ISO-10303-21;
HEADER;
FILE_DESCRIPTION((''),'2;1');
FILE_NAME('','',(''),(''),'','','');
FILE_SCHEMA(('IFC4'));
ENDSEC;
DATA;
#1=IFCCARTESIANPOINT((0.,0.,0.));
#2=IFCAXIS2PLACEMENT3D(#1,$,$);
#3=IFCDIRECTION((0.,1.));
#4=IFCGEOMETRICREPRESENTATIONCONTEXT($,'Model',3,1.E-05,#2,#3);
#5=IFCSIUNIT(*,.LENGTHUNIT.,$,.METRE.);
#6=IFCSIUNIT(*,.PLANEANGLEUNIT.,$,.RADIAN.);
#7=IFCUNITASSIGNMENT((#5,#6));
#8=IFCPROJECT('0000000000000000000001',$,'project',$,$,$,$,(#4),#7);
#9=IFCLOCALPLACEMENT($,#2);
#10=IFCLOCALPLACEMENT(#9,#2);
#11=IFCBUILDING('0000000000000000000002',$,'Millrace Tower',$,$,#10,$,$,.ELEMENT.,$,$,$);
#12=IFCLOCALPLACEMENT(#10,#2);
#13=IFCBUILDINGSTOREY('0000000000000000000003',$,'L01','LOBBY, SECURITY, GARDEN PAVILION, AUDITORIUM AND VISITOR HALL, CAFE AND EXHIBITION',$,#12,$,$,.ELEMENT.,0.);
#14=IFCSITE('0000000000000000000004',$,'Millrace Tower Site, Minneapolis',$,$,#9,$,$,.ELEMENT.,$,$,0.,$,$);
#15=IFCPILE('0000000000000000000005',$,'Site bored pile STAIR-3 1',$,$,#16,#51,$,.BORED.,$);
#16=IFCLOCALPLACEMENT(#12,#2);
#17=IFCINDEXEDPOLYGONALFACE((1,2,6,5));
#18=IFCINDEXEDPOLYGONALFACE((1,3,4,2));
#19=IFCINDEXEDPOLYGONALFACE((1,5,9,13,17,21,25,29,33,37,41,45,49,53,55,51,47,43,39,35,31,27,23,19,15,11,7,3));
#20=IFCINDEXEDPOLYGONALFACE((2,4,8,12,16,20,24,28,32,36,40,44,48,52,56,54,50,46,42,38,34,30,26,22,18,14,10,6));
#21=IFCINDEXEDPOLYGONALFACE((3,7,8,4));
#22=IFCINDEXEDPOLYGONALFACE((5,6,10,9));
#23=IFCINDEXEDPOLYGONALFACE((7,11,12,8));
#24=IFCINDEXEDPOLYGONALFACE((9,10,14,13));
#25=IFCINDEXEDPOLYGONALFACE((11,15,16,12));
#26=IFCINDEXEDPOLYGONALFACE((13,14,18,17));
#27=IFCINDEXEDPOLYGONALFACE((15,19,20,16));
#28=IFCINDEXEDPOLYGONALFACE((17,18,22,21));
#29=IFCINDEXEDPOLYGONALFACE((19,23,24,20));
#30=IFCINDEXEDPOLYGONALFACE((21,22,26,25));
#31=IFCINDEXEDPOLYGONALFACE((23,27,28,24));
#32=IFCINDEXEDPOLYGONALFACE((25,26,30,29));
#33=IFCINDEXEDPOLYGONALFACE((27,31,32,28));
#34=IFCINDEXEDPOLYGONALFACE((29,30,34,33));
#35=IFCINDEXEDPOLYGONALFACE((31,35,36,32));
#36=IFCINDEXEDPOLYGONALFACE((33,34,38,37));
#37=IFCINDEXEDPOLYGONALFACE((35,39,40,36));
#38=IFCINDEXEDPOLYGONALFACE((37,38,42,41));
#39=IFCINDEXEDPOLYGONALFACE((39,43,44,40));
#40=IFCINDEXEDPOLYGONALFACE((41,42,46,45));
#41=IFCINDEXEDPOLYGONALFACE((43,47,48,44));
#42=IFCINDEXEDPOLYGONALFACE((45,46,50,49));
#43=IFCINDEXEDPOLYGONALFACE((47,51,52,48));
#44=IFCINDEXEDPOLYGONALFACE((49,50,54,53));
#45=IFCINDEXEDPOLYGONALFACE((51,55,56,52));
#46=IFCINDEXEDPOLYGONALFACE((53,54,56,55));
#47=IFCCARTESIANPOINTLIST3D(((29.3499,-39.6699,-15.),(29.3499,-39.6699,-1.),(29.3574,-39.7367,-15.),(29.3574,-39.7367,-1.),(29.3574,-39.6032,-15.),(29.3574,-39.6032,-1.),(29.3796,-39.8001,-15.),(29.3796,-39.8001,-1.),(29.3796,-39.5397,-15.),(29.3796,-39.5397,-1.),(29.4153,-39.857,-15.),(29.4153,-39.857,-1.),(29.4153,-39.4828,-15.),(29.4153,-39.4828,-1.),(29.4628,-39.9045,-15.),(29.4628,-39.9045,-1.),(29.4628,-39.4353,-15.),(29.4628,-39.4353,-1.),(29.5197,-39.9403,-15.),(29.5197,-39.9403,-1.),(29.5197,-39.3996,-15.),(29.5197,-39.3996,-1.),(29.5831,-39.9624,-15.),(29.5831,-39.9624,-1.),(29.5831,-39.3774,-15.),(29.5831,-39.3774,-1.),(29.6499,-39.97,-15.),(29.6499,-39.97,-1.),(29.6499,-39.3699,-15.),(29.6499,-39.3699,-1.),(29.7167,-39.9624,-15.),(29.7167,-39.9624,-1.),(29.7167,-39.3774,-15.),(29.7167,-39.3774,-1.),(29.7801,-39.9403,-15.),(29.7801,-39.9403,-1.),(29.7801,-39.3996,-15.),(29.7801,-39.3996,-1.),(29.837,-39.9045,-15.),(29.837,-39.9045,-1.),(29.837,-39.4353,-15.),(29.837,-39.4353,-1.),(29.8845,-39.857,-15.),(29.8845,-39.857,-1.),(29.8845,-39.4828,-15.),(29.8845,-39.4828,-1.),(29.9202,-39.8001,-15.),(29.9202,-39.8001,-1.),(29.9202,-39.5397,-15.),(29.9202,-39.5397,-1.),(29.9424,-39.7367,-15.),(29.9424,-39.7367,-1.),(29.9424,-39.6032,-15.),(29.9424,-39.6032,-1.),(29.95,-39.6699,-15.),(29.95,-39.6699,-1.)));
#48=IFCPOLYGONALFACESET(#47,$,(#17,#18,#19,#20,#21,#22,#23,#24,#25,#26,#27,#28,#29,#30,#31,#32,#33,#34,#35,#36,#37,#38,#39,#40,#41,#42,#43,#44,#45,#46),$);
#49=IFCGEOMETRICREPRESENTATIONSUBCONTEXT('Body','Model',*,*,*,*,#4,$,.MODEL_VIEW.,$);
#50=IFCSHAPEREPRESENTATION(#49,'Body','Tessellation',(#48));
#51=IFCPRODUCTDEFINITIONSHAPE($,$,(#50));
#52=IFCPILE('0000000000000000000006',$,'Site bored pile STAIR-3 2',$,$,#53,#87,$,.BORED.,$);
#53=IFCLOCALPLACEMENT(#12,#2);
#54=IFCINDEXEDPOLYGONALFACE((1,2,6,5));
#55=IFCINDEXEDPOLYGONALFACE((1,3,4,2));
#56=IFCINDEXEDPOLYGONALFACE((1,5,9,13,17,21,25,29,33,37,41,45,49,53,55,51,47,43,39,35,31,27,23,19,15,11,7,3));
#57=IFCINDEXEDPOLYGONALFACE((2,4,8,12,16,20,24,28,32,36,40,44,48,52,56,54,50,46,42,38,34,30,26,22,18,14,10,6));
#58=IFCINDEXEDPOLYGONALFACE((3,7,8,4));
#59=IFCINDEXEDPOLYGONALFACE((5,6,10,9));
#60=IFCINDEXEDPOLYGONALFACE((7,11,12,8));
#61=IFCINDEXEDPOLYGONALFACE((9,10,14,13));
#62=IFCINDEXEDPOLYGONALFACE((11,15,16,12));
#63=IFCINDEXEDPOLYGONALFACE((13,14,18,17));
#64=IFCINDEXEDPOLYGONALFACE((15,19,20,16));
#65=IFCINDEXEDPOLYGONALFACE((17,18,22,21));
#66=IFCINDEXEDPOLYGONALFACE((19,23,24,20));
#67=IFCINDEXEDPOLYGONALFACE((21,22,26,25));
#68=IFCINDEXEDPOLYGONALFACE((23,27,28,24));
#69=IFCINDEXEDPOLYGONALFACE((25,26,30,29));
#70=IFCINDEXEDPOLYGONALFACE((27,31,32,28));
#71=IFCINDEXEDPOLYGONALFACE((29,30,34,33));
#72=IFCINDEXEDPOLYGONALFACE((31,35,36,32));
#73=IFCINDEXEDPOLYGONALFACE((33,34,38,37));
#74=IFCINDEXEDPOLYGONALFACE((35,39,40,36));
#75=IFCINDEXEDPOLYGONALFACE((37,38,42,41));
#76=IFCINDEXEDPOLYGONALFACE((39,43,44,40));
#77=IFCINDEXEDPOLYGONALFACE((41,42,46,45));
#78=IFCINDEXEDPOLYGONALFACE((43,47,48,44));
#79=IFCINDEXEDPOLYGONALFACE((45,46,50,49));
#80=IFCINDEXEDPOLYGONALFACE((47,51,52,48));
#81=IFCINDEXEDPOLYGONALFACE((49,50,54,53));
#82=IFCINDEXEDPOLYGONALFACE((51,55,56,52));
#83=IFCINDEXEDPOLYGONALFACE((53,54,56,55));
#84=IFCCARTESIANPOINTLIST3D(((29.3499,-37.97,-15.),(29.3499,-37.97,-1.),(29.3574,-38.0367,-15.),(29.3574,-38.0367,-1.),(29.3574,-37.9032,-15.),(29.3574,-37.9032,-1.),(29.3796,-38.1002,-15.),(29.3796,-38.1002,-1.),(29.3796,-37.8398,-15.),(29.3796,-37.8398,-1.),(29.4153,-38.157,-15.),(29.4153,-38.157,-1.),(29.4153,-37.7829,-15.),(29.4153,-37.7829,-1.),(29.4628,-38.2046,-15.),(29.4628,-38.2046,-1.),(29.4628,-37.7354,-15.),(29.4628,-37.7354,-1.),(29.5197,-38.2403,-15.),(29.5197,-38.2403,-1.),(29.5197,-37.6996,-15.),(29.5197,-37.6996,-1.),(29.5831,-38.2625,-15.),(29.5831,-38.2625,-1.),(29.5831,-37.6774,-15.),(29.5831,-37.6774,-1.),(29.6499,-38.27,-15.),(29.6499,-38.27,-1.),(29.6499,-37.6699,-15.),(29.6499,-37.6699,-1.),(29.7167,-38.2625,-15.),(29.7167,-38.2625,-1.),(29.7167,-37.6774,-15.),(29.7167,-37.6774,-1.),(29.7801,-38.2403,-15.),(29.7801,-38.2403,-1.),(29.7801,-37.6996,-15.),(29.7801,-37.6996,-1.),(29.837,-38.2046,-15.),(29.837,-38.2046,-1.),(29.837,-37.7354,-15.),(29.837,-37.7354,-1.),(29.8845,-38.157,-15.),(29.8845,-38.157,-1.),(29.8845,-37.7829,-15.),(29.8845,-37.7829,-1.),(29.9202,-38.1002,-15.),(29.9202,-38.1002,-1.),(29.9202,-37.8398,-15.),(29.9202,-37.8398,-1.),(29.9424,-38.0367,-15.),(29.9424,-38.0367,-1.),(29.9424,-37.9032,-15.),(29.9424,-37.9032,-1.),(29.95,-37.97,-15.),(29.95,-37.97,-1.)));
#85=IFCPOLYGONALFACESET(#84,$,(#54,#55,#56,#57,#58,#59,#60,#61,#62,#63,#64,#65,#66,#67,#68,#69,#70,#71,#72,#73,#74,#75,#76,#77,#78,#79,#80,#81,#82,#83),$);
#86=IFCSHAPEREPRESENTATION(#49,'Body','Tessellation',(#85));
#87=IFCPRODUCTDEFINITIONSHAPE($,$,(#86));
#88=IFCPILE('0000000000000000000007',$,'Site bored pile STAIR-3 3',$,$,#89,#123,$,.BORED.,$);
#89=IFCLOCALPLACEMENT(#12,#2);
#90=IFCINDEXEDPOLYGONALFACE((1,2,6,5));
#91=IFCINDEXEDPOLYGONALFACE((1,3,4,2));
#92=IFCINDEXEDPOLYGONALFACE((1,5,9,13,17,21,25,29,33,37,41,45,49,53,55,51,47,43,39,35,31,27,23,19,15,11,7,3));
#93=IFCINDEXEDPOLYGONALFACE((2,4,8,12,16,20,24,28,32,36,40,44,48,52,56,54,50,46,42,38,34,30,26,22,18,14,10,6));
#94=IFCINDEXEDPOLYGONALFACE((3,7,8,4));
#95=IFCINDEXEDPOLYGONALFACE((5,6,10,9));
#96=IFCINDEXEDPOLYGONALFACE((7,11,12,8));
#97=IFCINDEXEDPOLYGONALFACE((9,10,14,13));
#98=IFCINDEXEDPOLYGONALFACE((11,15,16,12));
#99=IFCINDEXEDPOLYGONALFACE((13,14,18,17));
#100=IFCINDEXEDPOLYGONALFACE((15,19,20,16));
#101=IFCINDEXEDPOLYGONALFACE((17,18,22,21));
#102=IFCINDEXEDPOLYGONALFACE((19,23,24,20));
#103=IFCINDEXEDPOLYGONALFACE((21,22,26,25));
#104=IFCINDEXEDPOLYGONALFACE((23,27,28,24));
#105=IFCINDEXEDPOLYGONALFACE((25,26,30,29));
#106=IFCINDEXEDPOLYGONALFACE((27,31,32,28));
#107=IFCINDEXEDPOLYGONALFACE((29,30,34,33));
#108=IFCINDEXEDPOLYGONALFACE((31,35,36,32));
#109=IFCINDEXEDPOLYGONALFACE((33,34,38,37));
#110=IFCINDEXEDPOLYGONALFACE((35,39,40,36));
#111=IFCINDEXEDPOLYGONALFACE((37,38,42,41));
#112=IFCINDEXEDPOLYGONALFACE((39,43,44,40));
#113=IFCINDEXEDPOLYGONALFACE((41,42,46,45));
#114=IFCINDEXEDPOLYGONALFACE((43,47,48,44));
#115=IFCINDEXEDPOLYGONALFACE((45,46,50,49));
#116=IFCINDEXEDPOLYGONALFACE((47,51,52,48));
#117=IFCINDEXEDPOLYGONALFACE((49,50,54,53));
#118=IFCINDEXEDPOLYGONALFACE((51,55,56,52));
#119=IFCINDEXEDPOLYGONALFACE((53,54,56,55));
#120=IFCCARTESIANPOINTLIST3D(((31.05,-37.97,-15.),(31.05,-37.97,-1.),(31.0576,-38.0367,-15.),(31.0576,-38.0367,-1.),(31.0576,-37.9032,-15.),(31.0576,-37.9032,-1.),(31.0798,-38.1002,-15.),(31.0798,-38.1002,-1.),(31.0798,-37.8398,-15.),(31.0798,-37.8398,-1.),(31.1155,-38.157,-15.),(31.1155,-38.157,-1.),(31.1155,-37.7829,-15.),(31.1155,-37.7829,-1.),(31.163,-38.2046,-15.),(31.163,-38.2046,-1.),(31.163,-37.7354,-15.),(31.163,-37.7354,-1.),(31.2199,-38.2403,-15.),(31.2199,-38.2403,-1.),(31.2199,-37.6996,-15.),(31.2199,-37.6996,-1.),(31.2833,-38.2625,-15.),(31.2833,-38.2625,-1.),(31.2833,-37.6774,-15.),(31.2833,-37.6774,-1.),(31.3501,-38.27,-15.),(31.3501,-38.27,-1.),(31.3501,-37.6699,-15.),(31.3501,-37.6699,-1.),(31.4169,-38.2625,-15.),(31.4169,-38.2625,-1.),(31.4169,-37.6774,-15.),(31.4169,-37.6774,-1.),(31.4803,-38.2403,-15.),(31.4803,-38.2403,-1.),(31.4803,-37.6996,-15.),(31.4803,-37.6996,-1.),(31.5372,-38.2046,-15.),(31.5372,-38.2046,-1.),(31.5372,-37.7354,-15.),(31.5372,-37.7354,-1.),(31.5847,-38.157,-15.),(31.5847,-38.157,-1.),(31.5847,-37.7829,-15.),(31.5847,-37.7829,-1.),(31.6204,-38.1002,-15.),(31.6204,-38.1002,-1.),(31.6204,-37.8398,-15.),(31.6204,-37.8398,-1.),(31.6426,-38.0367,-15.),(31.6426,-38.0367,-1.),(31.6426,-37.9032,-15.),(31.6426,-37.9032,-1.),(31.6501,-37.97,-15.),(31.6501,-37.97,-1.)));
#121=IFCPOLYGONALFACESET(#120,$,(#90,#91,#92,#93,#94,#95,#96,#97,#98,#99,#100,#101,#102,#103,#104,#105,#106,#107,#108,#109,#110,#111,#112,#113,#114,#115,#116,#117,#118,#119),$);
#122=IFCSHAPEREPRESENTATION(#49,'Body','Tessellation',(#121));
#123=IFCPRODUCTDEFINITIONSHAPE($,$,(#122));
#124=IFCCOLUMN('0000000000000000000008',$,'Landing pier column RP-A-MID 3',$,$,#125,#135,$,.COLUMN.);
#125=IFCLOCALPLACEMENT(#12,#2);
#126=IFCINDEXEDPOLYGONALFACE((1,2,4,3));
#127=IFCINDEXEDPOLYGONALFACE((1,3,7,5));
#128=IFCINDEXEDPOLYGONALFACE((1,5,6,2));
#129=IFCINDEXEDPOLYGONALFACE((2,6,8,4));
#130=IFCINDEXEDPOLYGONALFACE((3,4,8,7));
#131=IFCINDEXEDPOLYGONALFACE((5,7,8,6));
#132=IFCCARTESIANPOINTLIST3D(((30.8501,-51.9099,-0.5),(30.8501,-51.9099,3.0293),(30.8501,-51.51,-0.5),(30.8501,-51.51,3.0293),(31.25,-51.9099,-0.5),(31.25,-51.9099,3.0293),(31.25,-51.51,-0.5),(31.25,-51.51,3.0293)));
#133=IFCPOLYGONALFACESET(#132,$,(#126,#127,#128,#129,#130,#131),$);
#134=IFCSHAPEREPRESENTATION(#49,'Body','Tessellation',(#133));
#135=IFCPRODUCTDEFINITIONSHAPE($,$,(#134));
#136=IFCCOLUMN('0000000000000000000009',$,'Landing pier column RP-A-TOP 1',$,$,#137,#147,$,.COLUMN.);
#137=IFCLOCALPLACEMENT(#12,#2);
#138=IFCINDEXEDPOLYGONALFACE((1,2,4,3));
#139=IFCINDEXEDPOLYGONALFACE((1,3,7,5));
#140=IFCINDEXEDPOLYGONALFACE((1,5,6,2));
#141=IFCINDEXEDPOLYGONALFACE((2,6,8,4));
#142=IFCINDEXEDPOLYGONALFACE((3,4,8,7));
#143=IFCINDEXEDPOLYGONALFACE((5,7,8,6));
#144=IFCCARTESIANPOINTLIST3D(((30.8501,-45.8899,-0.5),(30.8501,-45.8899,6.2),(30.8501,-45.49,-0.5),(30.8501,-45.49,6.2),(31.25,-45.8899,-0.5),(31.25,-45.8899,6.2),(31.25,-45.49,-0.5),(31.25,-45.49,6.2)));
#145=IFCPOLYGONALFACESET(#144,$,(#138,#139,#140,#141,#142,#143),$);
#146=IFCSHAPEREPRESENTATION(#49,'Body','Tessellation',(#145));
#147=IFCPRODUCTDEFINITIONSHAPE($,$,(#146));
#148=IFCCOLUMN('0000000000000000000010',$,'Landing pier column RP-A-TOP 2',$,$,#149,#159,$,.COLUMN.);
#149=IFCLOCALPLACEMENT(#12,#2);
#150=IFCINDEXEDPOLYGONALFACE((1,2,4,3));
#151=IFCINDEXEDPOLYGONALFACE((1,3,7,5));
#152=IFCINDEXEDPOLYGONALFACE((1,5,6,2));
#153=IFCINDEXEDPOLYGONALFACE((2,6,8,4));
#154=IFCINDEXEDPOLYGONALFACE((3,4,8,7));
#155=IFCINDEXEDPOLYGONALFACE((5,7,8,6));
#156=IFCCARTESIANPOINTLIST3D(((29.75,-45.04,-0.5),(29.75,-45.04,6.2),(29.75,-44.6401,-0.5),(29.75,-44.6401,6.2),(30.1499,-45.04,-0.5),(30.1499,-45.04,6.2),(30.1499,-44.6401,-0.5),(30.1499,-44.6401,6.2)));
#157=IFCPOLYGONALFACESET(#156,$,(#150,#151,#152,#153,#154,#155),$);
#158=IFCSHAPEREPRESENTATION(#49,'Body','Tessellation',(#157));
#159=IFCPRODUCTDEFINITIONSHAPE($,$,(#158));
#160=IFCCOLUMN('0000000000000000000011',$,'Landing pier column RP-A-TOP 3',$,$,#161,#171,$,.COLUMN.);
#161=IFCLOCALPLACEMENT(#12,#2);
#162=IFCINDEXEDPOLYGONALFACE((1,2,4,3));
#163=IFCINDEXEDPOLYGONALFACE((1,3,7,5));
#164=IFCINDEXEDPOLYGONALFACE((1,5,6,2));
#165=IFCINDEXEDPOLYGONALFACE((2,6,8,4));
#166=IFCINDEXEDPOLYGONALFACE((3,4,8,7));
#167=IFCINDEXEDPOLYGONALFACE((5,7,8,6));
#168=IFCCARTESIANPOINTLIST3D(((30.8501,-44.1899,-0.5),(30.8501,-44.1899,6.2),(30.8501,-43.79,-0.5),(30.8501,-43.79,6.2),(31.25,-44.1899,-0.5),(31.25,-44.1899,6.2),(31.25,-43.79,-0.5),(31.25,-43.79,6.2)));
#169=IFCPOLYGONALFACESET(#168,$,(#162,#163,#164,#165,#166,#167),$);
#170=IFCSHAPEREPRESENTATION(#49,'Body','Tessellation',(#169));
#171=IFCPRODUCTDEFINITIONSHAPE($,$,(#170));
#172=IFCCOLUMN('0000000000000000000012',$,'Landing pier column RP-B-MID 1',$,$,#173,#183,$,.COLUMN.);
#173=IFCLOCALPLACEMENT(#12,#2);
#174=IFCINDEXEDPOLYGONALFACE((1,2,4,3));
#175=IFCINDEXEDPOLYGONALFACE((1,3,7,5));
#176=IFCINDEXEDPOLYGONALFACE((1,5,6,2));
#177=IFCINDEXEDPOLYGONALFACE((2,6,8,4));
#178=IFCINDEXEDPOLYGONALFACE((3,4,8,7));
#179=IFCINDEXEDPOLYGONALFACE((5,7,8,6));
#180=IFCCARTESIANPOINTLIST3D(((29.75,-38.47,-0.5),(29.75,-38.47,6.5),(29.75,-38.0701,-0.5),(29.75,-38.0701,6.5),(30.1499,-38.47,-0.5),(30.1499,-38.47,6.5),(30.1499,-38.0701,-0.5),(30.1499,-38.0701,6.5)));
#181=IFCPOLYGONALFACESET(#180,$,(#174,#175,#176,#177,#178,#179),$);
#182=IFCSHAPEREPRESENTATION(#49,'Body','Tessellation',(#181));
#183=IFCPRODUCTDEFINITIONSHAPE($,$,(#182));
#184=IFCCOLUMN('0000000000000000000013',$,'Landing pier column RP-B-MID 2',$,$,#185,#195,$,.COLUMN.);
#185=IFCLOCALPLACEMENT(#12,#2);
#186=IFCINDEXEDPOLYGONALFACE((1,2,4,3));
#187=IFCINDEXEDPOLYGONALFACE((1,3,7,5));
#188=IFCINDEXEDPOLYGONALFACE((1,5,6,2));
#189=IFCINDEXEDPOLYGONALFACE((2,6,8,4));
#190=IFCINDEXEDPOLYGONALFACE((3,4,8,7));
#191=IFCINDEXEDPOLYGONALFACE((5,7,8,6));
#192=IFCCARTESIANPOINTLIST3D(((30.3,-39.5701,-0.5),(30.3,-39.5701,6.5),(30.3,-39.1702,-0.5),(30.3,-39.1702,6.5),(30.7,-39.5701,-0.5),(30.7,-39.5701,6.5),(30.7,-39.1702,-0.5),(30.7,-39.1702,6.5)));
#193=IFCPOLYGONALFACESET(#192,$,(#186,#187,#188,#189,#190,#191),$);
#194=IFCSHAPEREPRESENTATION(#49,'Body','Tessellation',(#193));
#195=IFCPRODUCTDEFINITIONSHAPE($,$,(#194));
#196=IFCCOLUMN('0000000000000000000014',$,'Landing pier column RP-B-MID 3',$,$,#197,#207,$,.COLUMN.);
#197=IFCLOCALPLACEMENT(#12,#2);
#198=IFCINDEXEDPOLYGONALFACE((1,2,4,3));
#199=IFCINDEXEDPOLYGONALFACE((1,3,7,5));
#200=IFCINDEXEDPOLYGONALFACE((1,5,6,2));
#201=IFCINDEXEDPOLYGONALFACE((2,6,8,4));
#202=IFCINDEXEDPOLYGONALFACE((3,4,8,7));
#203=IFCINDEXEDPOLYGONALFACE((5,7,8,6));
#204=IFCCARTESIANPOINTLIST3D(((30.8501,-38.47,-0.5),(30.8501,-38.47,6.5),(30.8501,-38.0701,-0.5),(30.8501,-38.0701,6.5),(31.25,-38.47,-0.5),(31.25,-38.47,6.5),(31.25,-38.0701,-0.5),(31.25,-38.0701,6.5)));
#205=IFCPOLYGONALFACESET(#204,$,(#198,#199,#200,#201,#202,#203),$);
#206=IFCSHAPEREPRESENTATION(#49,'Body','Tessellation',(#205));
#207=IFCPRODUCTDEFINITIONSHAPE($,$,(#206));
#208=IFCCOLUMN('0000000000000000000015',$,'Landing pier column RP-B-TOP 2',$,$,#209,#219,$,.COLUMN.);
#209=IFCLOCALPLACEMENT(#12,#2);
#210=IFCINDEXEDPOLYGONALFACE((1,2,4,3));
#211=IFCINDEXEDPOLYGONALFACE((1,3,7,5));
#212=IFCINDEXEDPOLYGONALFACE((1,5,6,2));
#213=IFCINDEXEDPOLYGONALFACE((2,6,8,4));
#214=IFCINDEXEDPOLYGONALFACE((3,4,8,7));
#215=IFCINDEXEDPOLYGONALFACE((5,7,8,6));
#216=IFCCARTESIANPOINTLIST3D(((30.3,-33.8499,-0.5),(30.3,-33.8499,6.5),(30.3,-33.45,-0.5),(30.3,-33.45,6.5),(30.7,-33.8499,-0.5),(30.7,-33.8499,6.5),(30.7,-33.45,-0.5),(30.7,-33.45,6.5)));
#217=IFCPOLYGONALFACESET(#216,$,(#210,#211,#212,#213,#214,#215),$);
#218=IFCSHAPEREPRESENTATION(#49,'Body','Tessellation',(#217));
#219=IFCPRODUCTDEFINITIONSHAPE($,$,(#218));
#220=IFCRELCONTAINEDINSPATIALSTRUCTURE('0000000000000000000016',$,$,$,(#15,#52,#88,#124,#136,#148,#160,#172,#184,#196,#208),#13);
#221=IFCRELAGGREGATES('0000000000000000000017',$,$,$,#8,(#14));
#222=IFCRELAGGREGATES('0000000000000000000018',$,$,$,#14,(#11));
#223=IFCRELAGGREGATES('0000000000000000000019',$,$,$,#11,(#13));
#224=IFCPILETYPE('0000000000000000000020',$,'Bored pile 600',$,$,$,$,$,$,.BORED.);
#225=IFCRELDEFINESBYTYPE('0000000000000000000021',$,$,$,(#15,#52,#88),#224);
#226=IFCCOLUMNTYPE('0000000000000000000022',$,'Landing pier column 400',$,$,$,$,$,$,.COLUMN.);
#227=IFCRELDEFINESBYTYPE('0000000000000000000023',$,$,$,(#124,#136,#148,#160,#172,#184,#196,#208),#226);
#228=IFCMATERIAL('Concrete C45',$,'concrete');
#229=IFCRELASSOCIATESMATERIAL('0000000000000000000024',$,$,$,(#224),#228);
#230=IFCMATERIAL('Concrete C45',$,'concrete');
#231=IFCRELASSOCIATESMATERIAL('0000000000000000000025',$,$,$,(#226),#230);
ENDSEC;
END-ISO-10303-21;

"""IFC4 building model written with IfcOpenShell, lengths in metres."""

from ifc_helpers import new_model, si_unit, direction, frame, origin, origin_2d, place, context, subcontext, project, spatial, rectangle, circle, extrude, material, material_profile, profile_set, type_object, element, save


model = new_model("IFC4")

# Units and contexts
model_context = context("Model", 3, precision=1e-05, world=origin(), true_north=direction((0.0, 1.0)))
body_context = subcontext(model_context, "Body", "Model", "MODEL_VIEW")
ifc_project = project(units=[si_unit("LENGTHUNIT", "METRE"), si_unit("PLANEANGLEUNIT", "RADIAN")], contexts=[model_context])

# Site, building, storey
site_placement = place(None, origin())
site = spatial("IfcSite", under=ifc_project, at=site_placement, Name="Millrace Tower Site, Minneapolis", CompositionType="ELEMENT", RefElevation=0.0)
building_placement = place(site_placement, origin())
building = spatial("IfcBuilding", under=site, at=building_placement, Name="Millrace Tower", CompositionType="ELEMENT")
storey_placement = place(building_placement, origin())
storey = spatial("IfcBuildingStorey", under=building, at=storey_placement, Name="L01", Description="LOBBY, SECURITY, GARDEN PAVILION, AUDITORIUM AND VISITOR HALL, CAFE AND EXHIBITION", CompositionType="ELEMENT", Elevation=0.0)

# Piles
ifc_material_1 = material(Name="Concrete C45", Category="concrete")
ifc_material_profile_1 = material_profile(ifc_material_1, circle(Radius=0.3, at=origin_2d()))
ifc_profile_set_1 = profile_set([ifc_material_profile_1], Name="Concrete C45")
pile_type = type_object("IfcPileType", Name="Bored pile 600", PredefinedType="BORED", material=ifc_profile_set_1)
for number, where, z_axis, x_axis, name in (
    (1, (29.6499, -39.6699, -1.0), (0.0, 0.0, -1.0), (1.0, 0.0, 0.0), "Site bored pile STAIR-3 1"),
    (2, (29.6499, -37.97, -1.0), (0.0, 0.0, -1.0), (1.0, 0.0, 0.0), "Site bored pile STAIR-3 2"),
    (3, (31.3501, -37.97, -1.0), (0.0, 0.0, -1.0), (1.0, 0.0, 0.0), "Site bored pile STAIR-3 3"),
):
    element("IfcPile", number, at=place(storey_placement, frame(where, z_axis=z_axis, x_axis=x_axis)), inside=storey, type_object=pile_type, Name=name, PredefinedType="BORED", context=body_context, shape_type="SweptSolid", body=[
        extrude(circle(Radius=0.3, at=origin_2d()), origin(), (0.0, 0.0, 1.0), 14.0),
    ])

# Columns
ifc_material_2 = material(Name="Concrete C45", Category="concrete")
ifc_material_profile_2 = material_profile(ifc_material_2, rectangle(XDim=0.3999, YDim=0.3999, at=origin_2d()))
ifc_profile_set_2 = profile_set([ifc_material_profile_2], Name="Concrete C45")
column_type_1 = type_object("IfcColumnType", Name="Landing pier column 400", PredefinedType="COLUMN", material=ifc_profile_set_2)
column_placement = place(storey_placement, frame((31.05, -51.71, -0.5), z_axis=(0.0, 0.0, 1.0), x_axis=(1.0, 0.0, 0.0)))
element("IfcColumn", 4, at=column_placement, inside=storey, type_object=column_type_1, Name="Landing pier column RP-A-MID 3", PredefinedType="COLUMN", context=body_context, shape_type="SweptSolid", body=[
    extrude(rectangle(XDim=0.3999, YDim=0.3999, at=origin_2d()), origin(), (0.0, 0.0, 1.0), 3.5293),
])
for number, where, z_axis, x_axis, name in (
    (5, (31.05, -45.6899, -0.5), (0.0, 0.0, 1.0), (1.0, 0.0, 0.0), "Landing pier column RP-A-TOP 1"),
    (6, (29.95, -44.8401, -0.5), (0.0, 0.0, 1.0), (1.0, 0.0, 0.0), "Landing pier column RP-A-TOP 2"),
    (7, (31.05, -43.99, -0.5), (0.0, 0.0, 1.0), (1.0, 0.0, 0.0), "Landing pier column RP-A-TOP 3"),
):
    element("IfcColumn", number, at=place(storey_placement, frame(where, z_axis=z_axis, x_axis=x_axis)), inside=storey, type_object=column_type_1, Name=name, PredefinedType="COLUMN", context=body_context, shape_type="SweptSolid", body=[
        extrude(rectangle(XDim=0.3999, YDim=0.3999, at=origin_2d()), origin(), (0.0, 0.0, 1.0), 6.7),
    ])
for number, where, z_axis, x_axis, name in (
    (8, (29.95, -38.27, -0.5), (0.0, 0.0, 1.0), (1.0, 0.0, 0.0), "Landing pier column RP-B-MID 1"),
    (9, (30.5, -39.3701, -0.5), (0.0, 0.0, 1.0), (1.0, 0.0, 0.0), "Landing pier column RP-B-MID 2"),
    (10, (31.05, -38.27, -0.5), (0.0, 0.0, 1.0), (1.0, 0.0, 0.0), "Landing pier column RP-B-MID 3"),
    (11, (30.5, -33.6499, -0.5), (0.0, 0.0, 1.0), (1.0, 0.0, 0.0), "Landing pier column RP-B-TOP 2"),
):
    element("IfcColumn", number, at=place(storey_placement, frame(where, z_axis=z_axis, x_axis=x_axis)), inside=storey, type_object=column_type_1, Name=name, PredefinedType="COLUMN", context=body_context, shape_type="SweptSolid", body=[
        extrude(rectangle(XDim=0.3999, YDim=0.3999, at=origin_2d()), origin(), (0.0, 0.0, 1.0), 7.0),
    ])

save(model, "model.ifc")
